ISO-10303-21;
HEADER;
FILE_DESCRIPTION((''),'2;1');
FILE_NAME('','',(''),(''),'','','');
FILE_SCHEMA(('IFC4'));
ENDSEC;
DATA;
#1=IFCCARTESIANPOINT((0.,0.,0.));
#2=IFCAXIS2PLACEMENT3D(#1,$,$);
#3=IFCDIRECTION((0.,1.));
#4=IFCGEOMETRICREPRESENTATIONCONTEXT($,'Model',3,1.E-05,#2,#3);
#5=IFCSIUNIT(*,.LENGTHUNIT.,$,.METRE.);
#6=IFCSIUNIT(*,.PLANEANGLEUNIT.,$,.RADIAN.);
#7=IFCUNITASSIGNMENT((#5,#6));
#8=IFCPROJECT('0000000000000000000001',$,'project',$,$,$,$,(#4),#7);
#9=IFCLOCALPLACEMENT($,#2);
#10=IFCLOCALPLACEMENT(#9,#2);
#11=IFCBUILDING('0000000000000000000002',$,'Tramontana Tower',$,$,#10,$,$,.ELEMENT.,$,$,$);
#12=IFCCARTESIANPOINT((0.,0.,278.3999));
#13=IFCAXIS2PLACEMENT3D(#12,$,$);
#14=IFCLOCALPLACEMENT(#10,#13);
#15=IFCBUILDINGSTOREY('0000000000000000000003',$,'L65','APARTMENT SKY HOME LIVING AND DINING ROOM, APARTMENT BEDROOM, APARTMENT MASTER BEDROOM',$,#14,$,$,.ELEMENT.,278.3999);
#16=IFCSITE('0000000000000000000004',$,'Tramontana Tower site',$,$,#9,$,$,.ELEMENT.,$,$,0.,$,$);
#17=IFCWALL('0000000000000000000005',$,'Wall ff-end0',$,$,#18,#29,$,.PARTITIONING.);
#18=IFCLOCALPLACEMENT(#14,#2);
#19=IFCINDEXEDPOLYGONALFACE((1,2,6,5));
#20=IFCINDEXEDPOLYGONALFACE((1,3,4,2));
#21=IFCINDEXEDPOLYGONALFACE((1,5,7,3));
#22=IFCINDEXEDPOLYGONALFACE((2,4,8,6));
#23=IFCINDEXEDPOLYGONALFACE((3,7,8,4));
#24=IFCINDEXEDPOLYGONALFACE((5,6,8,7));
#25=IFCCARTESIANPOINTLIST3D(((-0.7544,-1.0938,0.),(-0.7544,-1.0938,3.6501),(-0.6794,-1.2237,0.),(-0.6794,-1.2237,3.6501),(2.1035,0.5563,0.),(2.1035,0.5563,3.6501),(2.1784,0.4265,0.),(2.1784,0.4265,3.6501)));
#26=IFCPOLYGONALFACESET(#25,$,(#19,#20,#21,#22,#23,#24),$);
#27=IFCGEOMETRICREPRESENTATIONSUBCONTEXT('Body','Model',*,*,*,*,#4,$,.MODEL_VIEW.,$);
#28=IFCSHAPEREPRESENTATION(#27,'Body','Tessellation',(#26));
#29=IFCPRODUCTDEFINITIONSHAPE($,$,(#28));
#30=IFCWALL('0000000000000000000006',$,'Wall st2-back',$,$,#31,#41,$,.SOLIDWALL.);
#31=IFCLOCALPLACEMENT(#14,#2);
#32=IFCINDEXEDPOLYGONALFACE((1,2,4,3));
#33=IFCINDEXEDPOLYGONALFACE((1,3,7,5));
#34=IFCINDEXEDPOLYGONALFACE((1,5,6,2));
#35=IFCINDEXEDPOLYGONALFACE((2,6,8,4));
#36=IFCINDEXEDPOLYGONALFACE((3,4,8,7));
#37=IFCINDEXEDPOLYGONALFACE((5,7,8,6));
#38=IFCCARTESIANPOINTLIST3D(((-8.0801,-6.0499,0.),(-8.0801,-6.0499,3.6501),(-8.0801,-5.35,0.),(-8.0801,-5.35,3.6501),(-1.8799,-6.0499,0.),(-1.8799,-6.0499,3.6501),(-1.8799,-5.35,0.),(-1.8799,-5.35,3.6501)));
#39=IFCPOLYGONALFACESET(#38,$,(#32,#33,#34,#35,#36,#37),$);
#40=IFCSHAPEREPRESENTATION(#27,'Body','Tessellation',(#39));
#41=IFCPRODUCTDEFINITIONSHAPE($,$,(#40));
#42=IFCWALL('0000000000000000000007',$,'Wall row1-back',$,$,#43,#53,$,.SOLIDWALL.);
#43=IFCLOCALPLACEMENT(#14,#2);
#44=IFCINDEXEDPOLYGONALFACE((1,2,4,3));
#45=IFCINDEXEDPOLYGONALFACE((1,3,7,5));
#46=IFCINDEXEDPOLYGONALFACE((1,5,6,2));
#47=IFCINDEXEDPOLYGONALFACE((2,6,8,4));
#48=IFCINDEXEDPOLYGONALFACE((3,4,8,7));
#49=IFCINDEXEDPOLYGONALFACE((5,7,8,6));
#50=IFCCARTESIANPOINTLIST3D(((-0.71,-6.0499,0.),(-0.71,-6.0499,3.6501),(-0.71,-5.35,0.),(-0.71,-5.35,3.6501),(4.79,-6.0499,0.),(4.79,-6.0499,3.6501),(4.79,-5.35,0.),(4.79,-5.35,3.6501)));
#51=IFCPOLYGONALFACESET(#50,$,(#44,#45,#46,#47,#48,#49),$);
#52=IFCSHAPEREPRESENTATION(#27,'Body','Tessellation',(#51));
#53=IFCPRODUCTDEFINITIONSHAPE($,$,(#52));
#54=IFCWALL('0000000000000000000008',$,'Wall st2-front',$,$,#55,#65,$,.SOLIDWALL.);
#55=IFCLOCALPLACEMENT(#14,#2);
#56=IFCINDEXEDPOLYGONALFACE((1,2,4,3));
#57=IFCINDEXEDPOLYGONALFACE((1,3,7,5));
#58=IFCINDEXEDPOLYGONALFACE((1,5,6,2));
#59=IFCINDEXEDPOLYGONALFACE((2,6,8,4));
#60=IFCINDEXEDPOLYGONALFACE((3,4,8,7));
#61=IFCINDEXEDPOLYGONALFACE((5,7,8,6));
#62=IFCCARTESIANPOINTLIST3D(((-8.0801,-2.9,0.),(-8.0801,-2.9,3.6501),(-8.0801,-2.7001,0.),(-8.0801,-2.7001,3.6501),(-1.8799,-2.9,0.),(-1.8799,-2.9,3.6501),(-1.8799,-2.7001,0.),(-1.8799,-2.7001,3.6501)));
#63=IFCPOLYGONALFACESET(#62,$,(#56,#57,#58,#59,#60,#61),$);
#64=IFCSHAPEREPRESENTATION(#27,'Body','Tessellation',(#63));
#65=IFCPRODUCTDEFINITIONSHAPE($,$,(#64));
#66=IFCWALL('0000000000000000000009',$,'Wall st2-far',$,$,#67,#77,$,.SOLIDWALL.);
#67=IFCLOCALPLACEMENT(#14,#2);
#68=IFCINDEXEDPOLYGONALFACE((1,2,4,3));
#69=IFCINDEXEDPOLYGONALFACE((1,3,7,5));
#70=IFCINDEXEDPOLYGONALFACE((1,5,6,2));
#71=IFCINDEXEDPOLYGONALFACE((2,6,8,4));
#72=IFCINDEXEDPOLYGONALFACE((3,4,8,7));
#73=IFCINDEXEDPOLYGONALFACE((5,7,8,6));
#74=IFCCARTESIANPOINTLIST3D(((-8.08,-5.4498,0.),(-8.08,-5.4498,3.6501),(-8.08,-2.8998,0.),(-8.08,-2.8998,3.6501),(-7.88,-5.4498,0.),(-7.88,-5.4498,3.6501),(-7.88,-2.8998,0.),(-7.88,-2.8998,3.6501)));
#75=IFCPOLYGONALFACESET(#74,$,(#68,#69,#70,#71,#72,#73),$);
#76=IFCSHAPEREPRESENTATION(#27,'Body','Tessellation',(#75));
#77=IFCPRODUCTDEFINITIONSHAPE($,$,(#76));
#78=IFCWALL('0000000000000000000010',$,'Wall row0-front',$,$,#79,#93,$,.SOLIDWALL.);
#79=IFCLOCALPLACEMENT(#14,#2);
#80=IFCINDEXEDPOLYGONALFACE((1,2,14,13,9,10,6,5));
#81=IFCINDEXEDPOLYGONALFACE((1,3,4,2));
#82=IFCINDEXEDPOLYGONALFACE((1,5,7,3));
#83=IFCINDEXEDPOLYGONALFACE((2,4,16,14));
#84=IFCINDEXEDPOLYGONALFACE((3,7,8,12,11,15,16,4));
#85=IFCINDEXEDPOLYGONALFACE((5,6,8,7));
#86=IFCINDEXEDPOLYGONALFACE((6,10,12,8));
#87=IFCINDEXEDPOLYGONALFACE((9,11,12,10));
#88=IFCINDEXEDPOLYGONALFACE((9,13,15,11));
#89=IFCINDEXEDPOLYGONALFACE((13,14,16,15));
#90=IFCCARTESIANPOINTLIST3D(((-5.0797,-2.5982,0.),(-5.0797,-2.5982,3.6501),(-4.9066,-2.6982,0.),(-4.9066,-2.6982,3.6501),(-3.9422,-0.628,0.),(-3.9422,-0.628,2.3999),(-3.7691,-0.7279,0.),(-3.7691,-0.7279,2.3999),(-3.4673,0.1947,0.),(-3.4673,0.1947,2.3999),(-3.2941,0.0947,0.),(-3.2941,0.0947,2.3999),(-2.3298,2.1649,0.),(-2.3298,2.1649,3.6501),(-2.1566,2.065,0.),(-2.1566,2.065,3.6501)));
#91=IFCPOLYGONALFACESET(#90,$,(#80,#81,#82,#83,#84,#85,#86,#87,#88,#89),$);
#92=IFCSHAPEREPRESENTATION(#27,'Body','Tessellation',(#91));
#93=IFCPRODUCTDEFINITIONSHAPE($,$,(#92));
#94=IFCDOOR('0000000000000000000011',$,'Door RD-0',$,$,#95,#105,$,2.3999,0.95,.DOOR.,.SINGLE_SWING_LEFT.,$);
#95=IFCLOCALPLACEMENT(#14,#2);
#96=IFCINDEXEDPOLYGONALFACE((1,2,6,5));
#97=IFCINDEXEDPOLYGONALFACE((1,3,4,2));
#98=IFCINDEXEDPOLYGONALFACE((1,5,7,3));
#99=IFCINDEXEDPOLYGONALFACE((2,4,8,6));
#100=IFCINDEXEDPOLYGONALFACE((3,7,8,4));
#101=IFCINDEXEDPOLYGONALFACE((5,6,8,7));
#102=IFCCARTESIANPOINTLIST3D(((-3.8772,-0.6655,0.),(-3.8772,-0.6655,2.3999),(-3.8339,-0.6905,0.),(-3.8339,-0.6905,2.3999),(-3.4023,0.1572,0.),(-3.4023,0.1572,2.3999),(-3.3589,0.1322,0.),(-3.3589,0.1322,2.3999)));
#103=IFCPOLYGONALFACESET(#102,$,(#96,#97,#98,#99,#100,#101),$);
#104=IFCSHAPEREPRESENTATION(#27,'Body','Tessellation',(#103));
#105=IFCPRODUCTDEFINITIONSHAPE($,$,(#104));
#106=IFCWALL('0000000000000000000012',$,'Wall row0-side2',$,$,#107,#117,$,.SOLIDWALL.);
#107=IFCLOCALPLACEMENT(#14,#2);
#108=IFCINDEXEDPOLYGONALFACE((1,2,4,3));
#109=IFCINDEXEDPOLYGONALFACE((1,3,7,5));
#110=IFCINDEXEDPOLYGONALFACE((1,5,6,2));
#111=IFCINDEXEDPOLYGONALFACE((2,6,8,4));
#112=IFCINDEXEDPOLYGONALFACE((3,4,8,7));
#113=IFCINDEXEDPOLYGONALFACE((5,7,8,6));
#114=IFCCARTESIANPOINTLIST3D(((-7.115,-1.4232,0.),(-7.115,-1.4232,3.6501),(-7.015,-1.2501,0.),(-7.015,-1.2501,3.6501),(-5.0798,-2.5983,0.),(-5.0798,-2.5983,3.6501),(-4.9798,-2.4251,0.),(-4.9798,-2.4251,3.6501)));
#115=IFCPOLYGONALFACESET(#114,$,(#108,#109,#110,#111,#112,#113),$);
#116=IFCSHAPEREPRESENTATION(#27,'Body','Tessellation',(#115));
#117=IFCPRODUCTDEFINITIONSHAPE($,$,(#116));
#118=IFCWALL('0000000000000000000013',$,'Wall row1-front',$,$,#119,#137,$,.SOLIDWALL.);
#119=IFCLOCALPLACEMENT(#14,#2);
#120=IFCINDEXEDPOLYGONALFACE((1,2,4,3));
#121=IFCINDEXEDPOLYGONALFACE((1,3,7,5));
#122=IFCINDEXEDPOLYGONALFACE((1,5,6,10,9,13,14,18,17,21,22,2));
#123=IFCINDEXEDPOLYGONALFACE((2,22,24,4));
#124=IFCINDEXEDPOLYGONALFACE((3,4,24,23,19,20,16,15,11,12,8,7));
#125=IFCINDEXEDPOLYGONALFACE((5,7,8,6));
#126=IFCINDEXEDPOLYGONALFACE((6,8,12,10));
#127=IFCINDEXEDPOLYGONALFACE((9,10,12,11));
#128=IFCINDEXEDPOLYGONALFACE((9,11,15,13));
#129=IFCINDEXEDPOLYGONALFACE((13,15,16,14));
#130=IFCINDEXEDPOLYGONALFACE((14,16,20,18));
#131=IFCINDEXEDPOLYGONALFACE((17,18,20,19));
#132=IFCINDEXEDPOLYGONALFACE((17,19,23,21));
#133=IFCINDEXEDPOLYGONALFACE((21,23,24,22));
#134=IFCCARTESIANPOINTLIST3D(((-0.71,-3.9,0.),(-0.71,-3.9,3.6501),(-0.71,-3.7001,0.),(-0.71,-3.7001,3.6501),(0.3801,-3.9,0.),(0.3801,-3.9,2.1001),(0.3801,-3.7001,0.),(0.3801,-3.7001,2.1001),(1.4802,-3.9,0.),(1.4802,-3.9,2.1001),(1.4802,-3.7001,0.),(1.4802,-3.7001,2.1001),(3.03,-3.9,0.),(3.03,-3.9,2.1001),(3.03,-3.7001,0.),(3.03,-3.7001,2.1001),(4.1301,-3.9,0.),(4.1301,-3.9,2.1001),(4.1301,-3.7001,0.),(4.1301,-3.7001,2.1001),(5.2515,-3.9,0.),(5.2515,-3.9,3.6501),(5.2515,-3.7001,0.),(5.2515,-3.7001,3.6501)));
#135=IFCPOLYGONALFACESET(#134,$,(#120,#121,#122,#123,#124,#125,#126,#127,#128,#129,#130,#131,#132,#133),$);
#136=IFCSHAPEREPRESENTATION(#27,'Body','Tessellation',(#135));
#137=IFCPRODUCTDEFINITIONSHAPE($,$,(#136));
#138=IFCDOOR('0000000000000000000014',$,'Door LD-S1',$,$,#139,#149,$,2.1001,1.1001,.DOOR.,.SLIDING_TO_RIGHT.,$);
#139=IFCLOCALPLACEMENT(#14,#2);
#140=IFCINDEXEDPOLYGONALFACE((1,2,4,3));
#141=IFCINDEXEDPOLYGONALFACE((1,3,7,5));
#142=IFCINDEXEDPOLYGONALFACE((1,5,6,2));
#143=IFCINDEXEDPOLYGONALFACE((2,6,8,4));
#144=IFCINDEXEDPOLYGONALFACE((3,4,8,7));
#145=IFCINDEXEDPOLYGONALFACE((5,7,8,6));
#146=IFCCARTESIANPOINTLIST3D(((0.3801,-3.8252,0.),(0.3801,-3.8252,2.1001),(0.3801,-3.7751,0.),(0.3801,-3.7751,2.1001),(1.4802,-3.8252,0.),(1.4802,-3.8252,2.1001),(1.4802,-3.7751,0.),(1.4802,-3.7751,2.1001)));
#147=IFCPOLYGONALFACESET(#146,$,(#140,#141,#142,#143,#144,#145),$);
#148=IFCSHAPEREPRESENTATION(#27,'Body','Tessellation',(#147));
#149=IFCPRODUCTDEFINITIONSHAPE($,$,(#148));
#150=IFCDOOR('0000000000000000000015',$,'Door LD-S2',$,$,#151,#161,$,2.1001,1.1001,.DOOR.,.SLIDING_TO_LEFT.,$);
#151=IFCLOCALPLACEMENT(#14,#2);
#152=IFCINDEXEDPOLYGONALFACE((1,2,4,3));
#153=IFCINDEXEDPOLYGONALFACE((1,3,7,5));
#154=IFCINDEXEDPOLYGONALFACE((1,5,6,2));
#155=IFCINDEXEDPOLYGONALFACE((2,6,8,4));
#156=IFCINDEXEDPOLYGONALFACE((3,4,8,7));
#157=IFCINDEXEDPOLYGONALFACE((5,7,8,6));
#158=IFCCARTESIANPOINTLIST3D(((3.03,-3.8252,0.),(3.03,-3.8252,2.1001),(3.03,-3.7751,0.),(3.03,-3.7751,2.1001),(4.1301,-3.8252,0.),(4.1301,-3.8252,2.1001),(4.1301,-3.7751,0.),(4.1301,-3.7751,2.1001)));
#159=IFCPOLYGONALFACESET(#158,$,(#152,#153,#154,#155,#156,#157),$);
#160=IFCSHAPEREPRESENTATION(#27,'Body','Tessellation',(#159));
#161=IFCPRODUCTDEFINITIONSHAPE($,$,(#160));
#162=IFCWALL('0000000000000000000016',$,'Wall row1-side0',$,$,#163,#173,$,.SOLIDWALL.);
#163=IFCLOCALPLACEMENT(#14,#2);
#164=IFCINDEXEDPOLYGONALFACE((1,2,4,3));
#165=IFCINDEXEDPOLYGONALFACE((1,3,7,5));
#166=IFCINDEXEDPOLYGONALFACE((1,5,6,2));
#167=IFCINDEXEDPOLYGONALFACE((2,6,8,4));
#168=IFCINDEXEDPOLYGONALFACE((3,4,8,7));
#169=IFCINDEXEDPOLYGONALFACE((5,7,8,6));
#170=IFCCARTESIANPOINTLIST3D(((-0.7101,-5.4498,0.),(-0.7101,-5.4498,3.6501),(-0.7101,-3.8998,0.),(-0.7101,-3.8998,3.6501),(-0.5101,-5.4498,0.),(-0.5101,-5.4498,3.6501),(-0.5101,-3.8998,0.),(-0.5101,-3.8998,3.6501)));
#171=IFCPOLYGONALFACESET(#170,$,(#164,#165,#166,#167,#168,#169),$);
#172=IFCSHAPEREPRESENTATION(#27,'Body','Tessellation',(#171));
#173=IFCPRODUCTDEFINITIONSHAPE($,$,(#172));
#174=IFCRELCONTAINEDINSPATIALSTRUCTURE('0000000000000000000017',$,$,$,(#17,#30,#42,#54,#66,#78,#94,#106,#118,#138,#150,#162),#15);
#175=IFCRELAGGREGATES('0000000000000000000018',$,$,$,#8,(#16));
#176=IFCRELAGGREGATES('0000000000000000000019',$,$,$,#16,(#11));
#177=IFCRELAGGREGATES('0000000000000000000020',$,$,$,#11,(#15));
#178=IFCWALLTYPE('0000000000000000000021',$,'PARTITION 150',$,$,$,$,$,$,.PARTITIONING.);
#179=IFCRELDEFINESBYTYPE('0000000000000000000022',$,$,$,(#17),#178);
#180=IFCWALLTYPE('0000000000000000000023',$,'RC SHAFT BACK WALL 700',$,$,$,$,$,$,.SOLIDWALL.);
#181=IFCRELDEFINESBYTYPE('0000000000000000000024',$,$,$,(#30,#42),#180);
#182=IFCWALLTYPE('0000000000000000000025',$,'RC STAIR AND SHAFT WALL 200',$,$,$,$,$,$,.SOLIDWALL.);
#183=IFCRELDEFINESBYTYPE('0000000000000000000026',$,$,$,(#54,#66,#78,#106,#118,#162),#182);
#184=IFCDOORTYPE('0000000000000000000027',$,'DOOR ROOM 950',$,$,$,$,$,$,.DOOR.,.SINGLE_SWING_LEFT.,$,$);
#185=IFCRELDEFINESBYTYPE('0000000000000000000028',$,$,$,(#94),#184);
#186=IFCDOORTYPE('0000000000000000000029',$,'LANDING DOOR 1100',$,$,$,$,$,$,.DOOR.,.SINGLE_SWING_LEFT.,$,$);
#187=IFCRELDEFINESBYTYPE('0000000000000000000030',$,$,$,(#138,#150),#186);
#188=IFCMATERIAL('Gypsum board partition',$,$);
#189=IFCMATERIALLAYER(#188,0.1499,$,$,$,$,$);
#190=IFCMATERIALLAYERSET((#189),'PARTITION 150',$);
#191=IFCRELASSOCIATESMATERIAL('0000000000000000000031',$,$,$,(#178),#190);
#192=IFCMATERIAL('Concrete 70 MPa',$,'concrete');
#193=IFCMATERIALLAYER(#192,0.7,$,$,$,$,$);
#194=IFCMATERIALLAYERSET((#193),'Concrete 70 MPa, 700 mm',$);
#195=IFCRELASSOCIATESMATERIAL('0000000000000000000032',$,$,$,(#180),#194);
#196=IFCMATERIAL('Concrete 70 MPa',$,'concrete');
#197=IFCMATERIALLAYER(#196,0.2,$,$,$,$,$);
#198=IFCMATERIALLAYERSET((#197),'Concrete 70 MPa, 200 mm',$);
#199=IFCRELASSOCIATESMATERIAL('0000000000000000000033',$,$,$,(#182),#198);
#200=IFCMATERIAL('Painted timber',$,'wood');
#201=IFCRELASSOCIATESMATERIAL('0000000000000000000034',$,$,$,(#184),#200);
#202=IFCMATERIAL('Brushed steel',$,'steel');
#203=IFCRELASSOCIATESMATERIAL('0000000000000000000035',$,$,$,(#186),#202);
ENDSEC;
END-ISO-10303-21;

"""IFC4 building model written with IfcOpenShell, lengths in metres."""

from ifc_helpers import new_model, si_unit, direction, frame, frame_2d, origin, place, context, subcontext, project, spatial, rectangle, extrude, material, layer, layer_set, type_object, element, fill, save


model = new_model("IFC4")

# Units and contexts
model_context = context("Model", 3, precision=1e-05, world=origin(), true_north=direction((0.0, 1.0)))
body_context = subcontext(model_context, "Body", "Model", "MODEL_VIEW")
ifc_project = project(units=[si_unit("LENGTHUNIT", "METRE"), si_unit("PLANEANGLEUNIT", "RADIAN")], contexts=[model_context])

# Site, building, storey
site_placement = place(None, origin())
site = spatial("IfcSite", under=ifc_project, at=site_placement, Name="Tramontana Tower site", CompositionType="ELEMENT", RefElevation=0.0)
building_placement = place(site_placement, origin())
building = spatial("IfcBuilding", under=site, at=building_placement, Name="Tramontana Tower", CompositionType="ELEMENT")
storey_placement = place(building_placement, frame((0.0, 0.0, 278.3999)))
storey = spatial("IfcBuildingStorey", under=building, at=storey_placement, Name="L65", Description="APARTMENT SKY HOME LIVING AND DINING ROOM, APARTMENT BEDROOM, APARTMENT MASTER BEDROOM", CompositionType="ELEMENT", Elevation=278.3999)

# Shared definitions
ifc_material_1 = material(Name="Gypsum board partition")
ifc_layer_1 = layer(ifc_material_1, 0.1499)
ifc_layer_set_1 = layer_set([ifc_layer_1], Name="PARTITION 150")
wall_type_1 = type_object("IfcWallType", Name="PARTITION 150", PredefinedType="PARTITIONING", material=ifc_layer_set_1)

# Walls
wall_1_placement = place(storey_placement, frame((-0.7168, -1.1587, 0.0), z_axis=(0.0, 0.0, 1.0), x_axis=(0.866008, 0.50003, 0.0)))
element("IfcWall", 1, at=wall_1_placement, inside=storey, type_object=wall_type_1, Name="Wall ff-end0", PredefinedType="PARTITIONING", context=body_context, shape_type="SweptSolid", body=[
    extrude(rectangle(XDim=3.3, YDim=0.1499, at=frame_2d((1.6499, 0.0))), origin(), (0.0, 0.0, 1.0), 3.6501),
])
ifc_material_2 = material(Name="Concrete 70 MPa", Category="concrete")
ifc_layer_2 = layer(ifc_material_2, 0.7)
ifc_layer_set_2 = layer_set([ifc_layer_2], Name="Concrete 70 MPa, 700 mm")
wall_type_2 = type_object("IfcWallType", Name="RC SHAFT BACK WALL 700", PredefinedType="SOLIDWALL", material=ifc_layer_set_2)
wall_2_placement = place(storey_placement, frame((-8.0801, -5.7, 0.0), z_axis=(0.0, 0.0, 1.0), x_axis=(1.0, 0.0, 0.0)))
element("IfcWall", 2, at=wall_2_placement, inside=storey, type_object=wall_type_2, Name="Wall st2-back", PredefinedType="SOLIDWALL", context=body_context, shape_type="SweptSolid", body=[
    extrude(rectangle(XDim=6.2002, YDim=0.7, at=frame_2d((3.1001, 0.0))), origin(), (0.0, 0.0, 1.0), 3.6501),
])
wall_3_placement = place(storey_placement, frame((-0.71, -5.7, 0.0), z_axis=(0.0, 0.0, 1.0), x_axis=(1.0, 0.0, 0.0)))
element("IfcWall", 3, at=wall_3_placement, inside=storey, type_object=wall_type_2, Name="Wall row1-back", PredefinedType="SOLIDWALL", context=body_context, shape_type="SweptSolid", body=[
    extrude(rectangle(XDim=5.5, YDim=0.7, at=frame_2d((2.75, 0.0))), origin(), (0.0, 0.0, 1.0), 3.6501),
])
ifc_material_3 = material(Name="Concrete 70 MPa", Category="concrete")
ifc_layer_3 = layer(ifc_material_3, 0.2)
ifc_layer_set_3 = layer_set([ifc_layer_3], Name="Concrete 70 MPa, 200 mm")
wall_type_3 = type_object("IfcWallType", Name="RC STAIR AND SHAFT WALL 200", PredefinedType="SOLIDWALL", material=ifc_layer_set_3)
wall_4_placement = place(storey_placement, frame((-8.0801, -2.8, 0.0), z_axis=(0.0, 0.0, 1.0), x_axis=(1.0, 0.0, 0.0)))
element("IfcWall", 4, at=wall_4_placement, inside=storey, type_object=wall_type_3, Name="Wall st2-front", PredefinedType="SOLIDWALL", context=body_context, shape_type="SweptSolid", body=[
    extrude(rectangle(XDim=6.2002, YDim=0.2, at=frame_2d((3.1001, 0.0))), origin(), (0.0, 0.0, 1.0), 3.6501),
])
wall_5_placement = place(storey_placement, frame((-7.98, -2.8999, 0.0), z_axis=(0.0, 0.0, 1.0), x_axis=(0.0, -1.0, 0.0)))
element("IfcWall", 5, at=wall_5_placement, inside=storey, type_object=wall_type_3, Name="Wall st2-far", PredefinedType="SOLIDWALL", context=body_context, shape_type="SweptSolid", body=[
    extrude(rectangle(XDim=2.55, YDim=0.2, at=frame_2d((1.2749, 0.0))), origin(), (0.0, 0.0, 1.0), 3.6501),
])

# Wall, opening, door
wall_6_placement = place(storey_placement, frame((-4.9932, -2.6482, 0.0), z_axis=(0.0, 0.0, 1.0), x_axis=(0.499997, 0.866027, 0.0)))
wall_6 = element("IfcWall", 6, at=wall_6_placement, inside=storey, type_object=wall_type_3, Name="Wall row0-front", PredefinedType="SOLIDWALL", context=body_context, shape_type="SweptSolid", body=[
    extrude(rectangle(XDim=5.5, YDim=0.2, at=frame_2d((2.75, 0.0))), origin(), (0.0, 0.0, 1.0), 3.6501),
])
opening_1_placement = place(wall_6_placement, frame((2.2749, 0.0, 0.0)))
opening_1 = element("IfcOpeningElement", 7, at=opening_1_placement, cuts=wall_6, PredefinedType="OPENING", context=body_context, shape_type="SweptSolid", body=[
    extrude(rectangle(XDim=0.95, YDim=2.3999, at=frame_2d((0.4751, 1.2))), frame((0.0, 0.1099, 0.0), z_axis=(0.0, -1.0, 0.0), x_axis=(1.0, 0.0, 0.0)), (0.0, 0.0, 1.0), 0.22),
])
ifc_material_4 = material(Name="Painted timber", Category="wood")
door_type_1 = type_object("IfcDoorType", Name="DOOR ROOM 950", OperationType="SINGLE_SWING_LEFT", PredefinedType="DOOR", material=ifc_material_4)
door_1_placement = place(opening_1_placement, origin())
door_1 = element("IfcDoor", 8, at=door_1_placement, inside=storey, type_object=door_type_1, Name="Door RD-0", OperationType="SINGLE_SWING_LEFT", OverallHeight=2.3999, OverallWidth=0.95, PredefinedType="DOOR", context=body_context, shape_type="SweptSolid", body=[
    extrude(rectangle(XDim=0.95, YDim=2.3999, at=frame_2d((0.4751, 1.2))), frame((0.0, 0.0249, 0.0), z_axis=(0.0, -1.0, 0.0), x_axis=(1.0, 0.0, 0.0)), (0.0, 0.0, 1.0), 0.05),
])
fill(opening_1, door_1)

# Wall
wall_7_placement = place(storey_placement, frame((-5.0298, -2.5117, 0.0), z_axis=(0.0, 0.0, 1.0), x_axis=(-0.866016, 0.500016, 0.0)))
element("IfcWall", 9, at=wall_7_placement, inside=storey, type_object=wall_type_3, Name="Wall row0-side2", PredefinedType="SOLIDWALL", context=body_context, shape_type="SweptSolid", body=[
    extrude(rectangle(XDim=2.3501, YDim=0.2, at=frame_2d((1.175, 0.0))), origin(), (0.0, 0.0, 1.0), 3.6501),
])

# Wall, openings, doors
wall_8_placement = place(storey_placement, frame((-0.71, -3.8, 0.0), z_axis=(0.0, 0.0, 1.0), x_axis=(1.0, 0.0, 0.0)))
wall_8 = element("IfcWall", 10, at=wall_8_placement, inside=storey, type_object=wall_type_3, Name="Wall row1-front", PredefinedType="SOLIDWALL", context=body_context, shape_type="SweptSolid", body=[
    extrude(rectangle(XDim=5.9614, YDim=0.2, at=frame_2d((2.9807, 0.0))), origin(), (0.0, 0.0, 1.0), 3.6501),
])
opening_2_placement = place(wall_8_placement, frame((1.0901, 0.0, 0.0)))
opening_2 = element("IfcOpeningElement", 11, at=opening_2_placement, cuts=wall_8, PredefinedType="OPENING", context=body_context, shape_type="SweptSolid", body=[
    extrude(rectangle(XDim=1.1001, YDim=2.1001, at=frame_2d((0.55, 1.05))), frame((0.0, 0.1099, 0.0), z_axis=(0.0, -1.0, 0.0), x_axis=(1.0, 0.0, 0.0)), (0.0, 0.0, 1.0), 0.22),
])
opening_3_placement = place(wall_8_placement, frame((3.74, 0.0, 0.0)))
opening_3 = element("IfcOpeningElement", 12, at=opening_3_placement, cuts=wall_8, PredefinedType="OPENING", context=body_context, shape_type="SweptSolid", body=[
    extrude(rectangle(XDim=1.1001, YDim=2.1001, at=frame_2d((0.55, 1.05))), frame((0.0, 0.1099, 0.0), z_axis=(0.0, -1.0, 0.0), x_axis=(1.0, 0.0, 0.0)), (0.0, 0.0, 1.0), 0.22),
])
ifc_material_5 = material(Name="Brushed steel", Category="steel")
door_type_2 = type_object("IfcDoorType", Name="LANDING DOOR 1100", OperationType="SINGLE_SWING_LEFT", PredefinedType="DOOR", material=ifc_material_5)
door_2_placement = place(opening_2_placement, origin())
door_2 = element("IfcDoor", 13, at=door_2_placement, inside=storey, type_object=door_type_2, Name="Door LD-S1", OperationType="SLIDING_TO_RIGHT", OverallHeight=2.1001, OverallWidth=1.1001, PredefinedType="DOOR", context=body_context, shape_type="SweptSolid", body=[
    extrude(rectangle(XDim=1.1001, YDim=2.1001, at=frame_2d((0.55, 1.05))), frame((0.0, 0.0249, 0.0), z_axis=(0.0, -1.0, 0.0), x_axis=(1.0, 0.0, 0.0)), (0.0, 0.0, 1.0), 0.05),
])
fill(opening_2, door_2)
door_3_placement = place(opening_3_placement, origin())
door_3 = element("IfcDoor", 14, at=door_3_placement, inside=storey, type_object=door_type_2, Name="Door LD-S2", OperationType="SLIDING_TO_LEFT", OverallHeight=2.1001, OverallWidth=1.1001, PredefinedType="DOOR", context=body_context, shape_type="SweptSolid", body=[
    extrude(rectangle(XDim=1.1001, YDim=2.1001, at=frame_2d((0.55, 1.05))), frame((0.0, 0.0249, 0.0), z_axis=(0.0, -1.0, 0.0), x_axis=(1.0, 0.0, 0.0)), (0.0, 0.0, 1.0), 0.05),
])
fill(opening_3, door_3)

# Wall
wall_9_placement = place(storey_placement, frame((-0.6101, -3.8999, 0.0), z_axis=(0.0, 0.0, 1.0), x_axis=(0.0, -1.0, 0.0)))
element("IfcWall", 15, at=wall_9_placement, inside=storey, type_object=wall_type_3, Name="Wall row1-side0", PredefinedType="SOLIDWALL", context=body_context, shape_type="SweptSolid", body=[
    extrude(rectangle(XDim=1.55, YDim=0.2, at=frame_2d((0.7749, 0.0))), origin(), (0.0, 0.0, 1.0), 3.6501),
])

save(model, "model.ifc")
